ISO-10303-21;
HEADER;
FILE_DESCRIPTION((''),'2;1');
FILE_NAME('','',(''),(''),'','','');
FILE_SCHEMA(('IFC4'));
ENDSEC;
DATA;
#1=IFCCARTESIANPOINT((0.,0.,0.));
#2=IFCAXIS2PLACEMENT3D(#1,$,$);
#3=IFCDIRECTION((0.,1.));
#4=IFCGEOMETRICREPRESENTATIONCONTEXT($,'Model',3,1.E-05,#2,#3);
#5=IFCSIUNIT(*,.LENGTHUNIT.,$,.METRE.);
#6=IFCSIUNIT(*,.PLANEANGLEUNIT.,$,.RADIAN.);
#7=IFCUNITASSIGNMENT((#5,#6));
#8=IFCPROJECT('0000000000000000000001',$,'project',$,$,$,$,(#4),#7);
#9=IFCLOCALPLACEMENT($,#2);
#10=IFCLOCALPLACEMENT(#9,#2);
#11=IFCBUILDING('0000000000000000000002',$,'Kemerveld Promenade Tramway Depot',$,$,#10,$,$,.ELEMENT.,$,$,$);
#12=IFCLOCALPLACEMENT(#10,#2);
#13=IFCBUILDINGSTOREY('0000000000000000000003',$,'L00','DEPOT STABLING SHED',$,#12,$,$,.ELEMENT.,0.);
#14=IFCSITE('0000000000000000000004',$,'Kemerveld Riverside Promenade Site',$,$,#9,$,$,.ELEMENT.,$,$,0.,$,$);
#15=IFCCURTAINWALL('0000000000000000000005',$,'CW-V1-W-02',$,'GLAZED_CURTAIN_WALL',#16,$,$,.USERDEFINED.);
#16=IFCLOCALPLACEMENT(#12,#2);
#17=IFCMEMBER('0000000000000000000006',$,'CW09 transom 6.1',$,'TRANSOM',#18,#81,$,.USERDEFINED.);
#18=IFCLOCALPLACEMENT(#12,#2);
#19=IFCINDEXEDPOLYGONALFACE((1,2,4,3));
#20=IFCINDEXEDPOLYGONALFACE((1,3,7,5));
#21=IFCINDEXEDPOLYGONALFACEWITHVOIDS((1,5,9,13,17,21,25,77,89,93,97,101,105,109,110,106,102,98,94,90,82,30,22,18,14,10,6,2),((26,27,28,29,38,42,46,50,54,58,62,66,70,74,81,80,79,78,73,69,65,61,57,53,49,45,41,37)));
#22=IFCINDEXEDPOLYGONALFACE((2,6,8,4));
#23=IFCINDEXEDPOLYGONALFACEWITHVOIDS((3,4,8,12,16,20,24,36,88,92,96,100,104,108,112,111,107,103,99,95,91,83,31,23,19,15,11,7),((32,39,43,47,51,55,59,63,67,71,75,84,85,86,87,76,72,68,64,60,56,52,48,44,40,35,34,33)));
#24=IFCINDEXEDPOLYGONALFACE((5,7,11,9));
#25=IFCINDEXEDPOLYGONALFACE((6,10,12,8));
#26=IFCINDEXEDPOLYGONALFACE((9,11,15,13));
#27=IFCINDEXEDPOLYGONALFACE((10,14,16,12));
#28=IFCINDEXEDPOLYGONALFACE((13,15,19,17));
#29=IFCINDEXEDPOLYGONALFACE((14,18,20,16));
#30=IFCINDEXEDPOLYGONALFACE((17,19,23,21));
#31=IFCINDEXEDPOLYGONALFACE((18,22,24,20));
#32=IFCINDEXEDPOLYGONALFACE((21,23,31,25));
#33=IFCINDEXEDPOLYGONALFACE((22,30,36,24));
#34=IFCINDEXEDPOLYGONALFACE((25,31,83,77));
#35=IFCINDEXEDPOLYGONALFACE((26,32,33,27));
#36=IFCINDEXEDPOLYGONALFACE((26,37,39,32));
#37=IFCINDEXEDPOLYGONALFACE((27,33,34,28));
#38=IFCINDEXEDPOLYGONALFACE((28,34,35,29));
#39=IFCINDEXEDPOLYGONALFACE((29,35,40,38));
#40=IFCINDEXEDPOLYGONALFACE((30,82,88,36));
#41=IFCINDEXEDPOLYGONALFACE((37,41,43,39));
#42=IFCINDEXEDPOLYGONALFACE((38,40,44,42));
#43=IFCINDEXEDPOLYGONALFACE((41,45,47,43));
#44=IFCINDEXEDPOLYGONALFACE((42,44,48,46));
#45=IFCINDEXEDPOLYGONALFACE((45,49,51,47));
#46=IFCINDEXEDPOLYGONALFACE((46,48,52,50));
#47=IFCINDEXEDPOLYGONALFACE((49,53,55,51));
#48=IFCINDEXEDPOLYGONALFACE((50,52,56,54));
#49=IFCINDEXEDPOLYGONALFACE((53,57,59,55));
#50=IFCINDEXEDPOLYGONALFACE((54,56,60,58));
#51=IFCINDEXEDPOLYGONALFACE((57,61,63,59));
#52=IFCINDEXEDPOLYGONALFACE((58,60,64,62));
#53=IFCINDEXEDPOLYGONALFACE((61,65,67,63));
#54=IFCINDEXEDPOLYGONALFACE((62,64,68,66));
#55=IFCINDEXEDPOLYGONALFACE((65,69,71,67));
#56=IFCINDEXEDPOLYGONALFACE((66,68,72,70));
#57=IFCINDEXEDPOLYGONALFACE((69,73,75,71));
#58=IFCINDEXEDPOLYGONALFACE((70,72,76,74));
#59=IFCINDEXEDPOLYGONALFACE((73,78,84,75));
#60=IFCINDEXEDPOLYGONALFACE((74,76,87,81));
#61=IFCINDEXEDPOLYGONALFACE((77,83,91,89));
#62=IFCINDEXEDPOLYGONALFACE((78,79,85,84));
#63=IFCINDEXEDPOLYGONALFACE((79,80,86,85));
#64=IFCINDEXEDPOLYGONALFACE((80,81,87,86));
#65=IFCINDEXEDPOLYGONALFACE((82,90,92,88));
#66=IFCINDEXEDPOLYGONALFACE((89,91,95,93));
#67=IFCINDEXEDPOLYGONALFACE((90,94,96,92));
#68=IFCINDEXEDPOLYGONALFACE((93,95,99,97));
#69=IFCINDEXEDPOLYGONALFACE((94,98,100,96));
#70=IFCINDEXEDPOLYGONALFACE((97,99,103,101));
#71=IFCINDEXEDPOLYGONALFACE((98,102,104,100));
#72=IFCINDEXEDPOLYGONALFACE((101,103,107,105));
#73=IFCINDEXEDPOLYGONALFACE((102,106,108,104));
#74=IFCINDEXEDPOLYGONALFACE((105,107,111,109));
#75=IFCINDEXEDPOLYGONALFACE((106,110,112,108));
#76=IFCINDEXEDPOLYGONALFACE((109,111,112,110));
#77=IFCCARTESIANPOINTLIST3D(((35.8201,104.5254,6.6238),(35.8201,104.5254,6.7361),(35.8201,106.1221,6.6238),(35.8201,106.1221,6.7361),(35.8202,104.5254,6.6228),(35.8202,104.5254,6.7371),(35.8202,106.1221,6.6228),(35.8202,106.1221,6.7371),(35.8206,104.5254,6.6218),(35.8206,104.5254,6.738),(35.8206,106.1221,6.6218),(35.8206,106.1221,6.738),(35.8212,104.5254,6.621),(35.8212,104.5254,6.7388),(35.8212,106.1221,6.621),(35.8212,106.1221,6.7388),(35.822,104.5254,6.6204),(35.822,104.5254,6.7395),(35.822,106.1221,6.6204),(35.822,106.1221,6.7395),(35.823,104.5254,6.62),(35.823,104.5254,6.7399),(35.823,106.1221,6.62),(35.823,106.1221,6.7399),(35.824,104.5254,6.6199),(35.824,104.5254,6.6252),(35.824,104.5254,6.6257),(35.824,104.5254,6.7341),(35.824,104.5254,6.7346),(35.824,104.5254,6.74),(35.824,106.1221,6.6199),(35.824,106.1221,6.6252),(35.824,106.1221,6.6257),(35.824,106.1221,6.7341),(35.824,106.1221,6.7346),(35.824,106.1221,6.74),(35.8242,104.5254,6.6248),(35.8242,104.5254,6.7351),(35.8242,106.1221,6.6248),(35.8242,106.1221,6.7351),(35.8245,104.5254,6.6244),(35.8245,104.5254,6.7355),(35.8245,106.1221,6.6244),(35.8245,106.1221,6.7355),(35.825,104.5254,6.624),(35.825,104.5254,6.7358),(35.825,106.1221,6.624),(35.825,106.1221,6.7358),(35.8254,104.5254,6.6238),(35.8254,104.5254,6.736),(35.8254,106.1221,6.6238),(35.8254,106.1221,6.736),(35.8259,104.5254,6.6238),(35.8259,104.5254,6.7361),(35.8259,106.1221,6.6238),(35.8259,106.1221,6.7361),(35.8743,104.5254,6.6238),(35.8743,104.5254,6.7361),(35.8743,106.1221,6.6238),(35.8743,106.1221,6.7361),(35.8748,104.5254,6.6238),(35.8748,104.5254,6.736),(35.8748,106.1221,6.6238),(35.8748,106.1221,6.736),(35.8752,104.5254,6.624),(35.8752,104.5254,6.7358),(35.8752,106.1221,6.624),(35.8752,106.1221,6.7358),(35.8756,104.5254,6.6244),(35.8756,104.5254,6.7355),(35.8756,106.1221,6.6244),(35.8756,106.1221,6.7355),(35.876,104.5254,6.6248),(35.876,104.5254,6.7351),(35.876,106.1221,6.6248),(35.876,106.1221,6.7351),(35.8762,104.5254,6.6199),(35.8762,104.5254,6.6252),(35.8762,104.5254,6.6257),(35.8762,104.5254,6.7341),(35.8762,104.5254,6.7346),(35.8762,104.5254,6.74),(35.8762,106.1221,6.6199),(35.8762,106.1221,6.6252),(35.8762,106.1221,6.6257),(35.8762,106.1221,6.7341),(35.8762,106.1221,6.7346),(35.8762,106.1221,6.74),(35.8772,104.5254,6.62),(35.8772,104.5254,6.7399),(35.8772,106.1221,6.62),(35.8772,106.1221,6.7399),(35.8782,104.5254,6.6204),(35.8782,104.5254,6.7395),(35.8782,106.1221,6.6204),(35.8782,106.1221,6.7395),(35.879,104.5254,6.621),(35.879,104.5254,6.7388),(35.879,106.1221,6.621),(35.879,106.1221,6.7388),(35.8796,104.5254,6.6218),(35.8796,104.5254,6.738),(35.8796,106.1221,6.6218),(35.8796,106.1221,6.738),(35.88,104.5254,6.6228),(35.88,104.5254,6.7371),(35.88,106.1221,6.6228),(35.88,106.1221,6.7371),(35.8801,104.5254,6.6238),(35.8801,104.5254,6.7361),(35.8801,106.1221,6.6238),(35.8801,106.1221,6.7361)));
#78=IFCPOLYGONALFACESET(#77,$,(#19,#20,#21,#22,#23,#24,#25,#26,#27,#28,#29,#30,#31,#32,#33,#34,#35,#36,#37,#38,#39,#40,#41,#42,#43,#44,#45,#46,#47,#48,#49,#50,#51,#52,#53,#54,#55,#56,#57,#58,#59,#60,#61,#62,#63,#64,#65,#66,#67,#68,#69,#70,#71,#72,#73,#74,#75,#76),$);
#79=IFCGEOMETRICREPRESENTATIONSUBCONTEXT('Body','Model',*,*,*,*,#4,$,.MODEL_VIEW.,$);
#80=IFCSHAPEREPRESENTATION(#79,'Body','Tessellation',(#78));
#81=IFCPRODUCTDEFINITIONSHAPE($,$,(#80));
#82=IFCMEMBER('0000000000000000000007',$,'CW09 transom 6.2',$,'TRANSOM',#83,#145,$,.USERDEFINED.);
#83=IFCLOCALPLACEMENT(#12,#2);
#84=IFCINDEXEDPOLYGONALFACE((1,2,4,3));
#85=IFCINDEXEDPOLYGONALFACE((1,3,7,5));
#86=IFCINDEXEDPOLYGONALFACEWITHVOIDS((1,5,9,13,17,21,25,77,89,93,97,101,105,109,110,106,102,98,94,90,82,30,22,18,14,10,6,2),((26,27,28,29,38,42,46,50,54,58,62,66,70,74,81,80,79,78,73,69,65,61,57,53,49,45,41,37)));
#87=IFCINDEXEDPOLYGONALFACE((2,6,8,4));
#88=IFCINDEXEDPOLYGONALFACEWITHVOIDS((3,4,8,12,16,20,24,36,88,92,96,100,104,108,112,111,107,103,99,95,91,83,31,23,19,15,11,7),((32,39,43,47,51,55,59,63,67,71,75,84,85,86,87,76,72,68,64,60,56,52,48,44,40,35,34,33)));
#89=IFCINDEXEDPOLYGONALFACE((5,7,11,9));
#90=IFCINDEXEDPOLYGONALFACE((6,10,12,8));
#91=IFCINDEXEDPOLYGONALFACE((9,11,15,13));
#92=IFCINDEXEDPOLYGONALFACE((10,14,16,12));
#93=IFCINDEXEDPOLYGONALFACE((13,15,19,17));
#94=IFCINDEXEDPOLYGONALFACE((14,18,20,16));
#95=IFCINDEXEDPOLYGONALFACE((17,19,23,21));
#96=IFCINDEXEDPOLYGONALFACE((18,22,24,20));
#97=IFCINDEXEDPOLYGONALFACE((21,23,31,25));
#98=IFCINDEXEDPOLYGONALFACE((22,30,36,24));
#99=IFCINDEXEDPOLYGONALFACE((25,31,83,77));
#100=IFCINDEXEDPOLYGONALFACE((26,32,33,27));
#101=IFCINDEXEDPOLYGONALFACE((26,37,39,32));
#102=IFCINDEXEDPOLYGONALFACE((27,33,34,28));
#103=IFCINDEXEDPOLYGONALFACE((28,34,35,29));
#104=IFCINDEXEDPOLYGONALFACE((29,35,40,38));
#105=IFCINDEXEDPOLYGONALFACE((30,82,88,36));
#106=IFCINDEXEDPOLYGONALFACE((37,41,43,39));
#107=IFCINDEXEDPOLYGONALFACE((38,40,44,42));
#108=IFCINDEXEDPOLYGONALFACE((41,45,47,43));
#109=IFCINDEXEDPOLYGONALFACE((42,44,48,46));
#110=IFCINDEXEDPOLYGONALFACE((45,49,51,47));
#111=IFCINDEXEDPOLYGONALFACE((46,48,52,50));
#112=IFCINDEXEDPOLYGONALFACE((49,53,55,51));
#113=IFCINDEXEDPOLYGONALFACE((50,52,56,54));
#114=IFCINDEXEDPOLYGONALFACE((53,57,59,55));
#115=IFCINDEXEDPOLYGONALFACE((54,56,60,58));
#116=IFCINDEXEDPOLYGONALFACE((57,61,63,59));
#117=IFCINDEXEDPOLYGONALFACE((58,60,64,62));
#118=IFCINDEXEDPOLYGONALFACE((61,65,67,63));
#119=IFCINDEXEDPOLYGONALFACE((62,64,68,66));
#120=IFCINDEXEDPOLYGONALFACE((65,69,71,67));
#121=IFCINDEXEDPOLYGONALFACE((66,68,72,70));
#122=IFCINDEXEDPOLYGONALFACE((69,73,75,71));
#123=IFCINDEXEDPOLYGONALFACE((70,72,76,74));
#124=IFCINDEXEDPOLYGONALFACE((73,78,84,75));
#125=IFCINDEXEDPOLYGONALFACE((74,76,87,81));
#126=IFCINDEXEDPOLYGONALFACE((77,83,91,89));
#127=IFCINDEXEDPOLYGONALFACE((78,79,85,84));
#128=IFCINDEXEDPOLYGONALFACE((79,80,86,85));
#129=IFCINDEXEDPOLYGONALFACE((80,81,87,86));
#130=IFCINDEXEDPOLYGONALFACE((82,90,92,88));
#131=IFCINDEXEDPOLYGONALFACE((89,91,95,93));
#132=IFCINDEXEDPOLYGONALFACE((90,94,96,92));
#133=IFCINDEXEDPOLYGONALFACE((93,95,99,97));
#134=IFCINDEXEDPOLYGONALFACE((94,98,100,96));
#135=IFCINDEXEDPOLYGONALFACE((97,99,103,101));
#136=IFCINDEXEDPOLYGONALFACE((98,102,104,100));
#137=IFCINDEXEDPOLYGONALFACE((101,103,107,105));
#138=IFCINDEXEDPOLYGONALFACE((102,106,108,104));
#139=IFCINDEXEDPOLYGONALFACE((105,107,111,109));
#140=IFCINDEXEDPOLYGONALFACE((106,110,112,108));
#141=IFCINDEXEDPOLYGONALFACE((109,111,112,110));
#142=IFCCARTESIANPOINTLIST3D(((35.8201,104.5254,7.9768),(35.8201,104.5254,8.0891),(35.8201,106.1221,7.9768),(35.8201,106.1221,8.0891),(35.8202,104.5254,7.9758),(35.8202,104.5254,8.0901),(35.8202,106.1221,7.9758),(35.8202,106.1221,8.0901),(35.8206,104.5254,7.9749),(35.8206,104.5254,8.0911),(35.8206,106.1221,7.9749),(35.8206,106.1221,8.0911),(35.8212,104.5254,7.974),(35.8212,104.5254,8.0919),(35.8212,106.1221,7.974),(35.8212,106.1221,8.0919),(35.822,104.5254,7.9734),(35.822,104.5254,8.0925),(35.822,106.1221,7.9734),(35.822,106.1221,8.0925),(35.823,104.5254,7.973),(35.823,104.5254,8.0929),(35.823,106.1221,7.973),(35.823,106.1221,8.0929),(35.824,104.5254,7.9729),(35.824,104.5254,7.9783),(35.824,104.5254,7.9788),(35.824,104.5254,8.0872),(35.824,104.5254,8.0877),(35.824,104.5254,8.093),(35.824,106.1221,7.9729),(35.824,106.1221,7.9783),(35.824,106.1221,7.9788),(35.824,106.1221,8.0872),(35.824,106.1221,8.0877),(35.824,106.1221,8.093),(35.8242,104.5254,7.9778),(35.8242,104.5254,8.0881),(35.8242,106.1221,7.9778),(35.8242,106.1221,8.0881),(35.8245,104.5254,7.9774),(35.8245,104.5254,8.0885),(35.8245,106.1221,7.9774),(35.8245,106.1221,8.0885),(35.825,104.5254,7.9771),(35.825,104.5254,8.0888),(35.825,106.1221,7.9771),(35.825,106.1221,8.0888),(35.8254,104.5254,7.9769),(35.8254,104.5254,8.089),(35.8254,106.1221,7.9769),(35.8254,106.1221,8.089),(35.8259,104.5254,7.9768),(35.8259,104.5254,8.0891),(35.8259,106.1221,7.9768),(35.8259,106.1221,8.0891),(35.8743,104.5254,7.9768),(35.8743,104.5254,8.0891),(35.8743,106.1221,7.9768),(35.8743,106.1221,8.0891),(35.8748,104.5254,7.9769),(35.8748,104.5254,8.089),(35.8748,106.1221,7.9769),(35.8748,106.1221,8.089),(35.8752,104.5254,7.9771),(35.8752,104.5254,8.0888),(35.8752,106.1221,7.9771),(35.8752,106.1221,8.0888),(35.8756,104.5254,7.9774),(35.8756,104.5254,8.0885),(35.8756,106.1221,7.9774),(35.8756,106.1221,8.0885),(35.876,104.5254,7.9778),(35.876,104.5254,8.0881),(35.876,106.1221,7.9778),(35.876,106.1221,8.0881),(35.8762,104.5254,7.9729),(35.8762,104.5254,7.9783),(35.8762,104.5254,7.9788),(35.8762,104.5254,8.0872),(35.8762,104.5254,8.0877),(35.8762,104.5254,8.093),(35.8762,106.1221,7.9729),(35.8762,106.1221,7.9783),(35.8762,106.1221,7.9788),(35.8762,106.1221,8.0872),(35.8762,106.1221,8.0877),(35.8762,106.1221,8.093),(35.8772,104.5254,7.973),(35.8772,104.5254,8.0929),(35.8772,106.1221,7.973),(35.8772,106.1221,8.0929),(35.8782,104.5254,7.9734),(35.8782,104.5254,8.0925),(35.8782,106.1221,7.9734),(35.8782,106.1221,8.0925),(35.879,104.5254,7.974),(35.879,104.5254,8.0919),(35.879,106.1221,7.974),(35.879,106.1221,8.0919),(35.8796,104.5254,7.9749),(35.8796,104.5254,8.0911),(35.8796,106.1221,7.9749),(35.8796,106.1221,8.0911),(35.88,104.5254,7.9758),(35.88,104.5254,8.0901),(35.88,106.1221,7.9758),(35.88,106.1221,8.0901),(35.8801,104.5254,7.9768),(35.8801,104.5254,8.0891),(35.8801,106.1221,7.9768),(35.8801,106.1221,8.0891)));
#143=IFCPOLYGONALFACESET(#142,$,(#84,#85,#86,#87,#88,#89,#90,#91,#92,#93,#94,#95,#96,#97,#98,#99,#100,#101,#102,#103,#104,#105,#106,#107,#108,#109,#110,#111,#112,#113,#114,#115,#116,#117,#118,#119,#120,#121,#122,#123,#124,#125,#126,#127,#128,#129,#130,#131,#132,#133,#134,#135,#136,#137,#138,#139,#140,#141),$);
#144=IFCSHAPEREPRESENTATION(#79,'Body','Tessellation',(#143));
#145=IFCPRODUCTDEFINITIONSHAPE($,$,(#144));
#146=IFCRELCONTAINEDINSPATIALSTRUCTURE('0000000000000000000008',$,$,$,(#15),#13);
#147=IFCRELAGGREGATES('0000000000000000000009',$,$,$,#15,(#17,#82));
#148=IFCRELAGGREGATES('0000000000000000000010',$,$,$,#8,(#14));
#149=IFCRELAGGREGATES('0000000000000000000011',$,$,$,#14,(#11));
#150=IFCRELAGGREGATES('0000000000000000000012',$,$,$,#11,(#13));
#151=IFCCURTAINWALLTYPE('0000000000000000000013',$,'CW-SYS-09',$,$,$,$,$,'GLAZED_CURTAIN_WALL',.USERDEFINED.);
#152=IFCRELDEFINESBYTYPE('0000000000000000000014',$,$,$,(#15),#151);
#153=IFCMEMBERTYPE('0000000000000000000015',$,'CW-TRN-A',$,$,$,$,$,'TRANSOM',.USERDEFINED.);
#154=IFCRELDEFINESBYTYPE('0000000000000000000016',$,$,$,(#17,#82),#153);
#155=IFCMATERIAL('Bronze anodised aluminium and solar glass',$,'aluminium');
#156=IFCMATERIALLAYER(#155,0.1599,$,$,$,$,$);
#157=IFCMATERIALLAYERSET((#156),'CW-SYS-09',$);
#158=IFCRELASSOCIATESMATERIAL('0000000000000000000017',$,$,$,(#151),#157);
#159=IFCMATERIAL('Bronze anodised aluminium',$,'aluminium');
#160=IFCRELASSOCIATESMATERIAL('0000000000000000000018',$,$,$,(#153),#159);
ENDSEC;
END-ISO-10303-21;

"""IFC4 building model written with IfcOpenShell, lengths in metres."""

from ifc_helpers import new_model, si_unit, direction, frame, origin, origin_2d, place, context, subcontext, project, spatial, hollow_rectangle, extrude, material, layer, layer_set, material_profile, profile_set, type_object, element, aggregate, save


model = new_model("IFC4")

# Units and contexts
model_context = context("Model", 3, precision=1e-05, world=origin(), true_north=direction((0.0, 1.0)))
body_context = subcontext(model_context, "Body", "Model", "MODEL_VIEW")
ifc_project = project(units=[si_unit("LENGTHUNIT", "METRE"), si_unit("PLANEANGLEUNIT", "RADIAN")], contexts=[model_context])

# Site, building, storey
site_placement = place(None, origin())
site = spatial("IfcSite", under=ifc_project, at=site_placement, Name="Kemerveld Riverside Promenade Site", CompositionType="ELEMENT", RefElevation=0.0)
building_placement = place(site_placement, origin())
building = spatial("IfcBuilding", under=site, at=building_placement, Name="Kemerveld Promenade Tramway Depot", CompositionType="ELEMENT")
storey_placement = place(building_placement, origin())
storey = spatial("IfcBuildingStorey", under=building, at=storey_placement, Name="L00", Description="DEPOT STABLING SHED", CompositionType="ELEMENT", Elevation=0.0)

# Curtain wall
ifc_material_1 = material(Name="Bronze anodised aluminium and solar glass", Category="aluminium")
ifc_layer_1 = layer(ifc_material_1, 0.1599)
ifc_layer_set_1 = layer_set([ifc_layer_1], Name="CW-SYS-09")
curtain_wall_type_1 = type_object("IfcCurtainWallType", Name="CW-SYS-09", ElementType="GLAZED_CURTAIN_WALL", PredefinedType="USERDEFINED", material=ifc_layer_set_1)
curtain_wall_1_placement = place(storey_placement, origin())
curtain_wall_1 = element("IfcCurtainWall", 1, at=curtain_wall_1_placement, inside=storey, type_object=curtain_wall_type_1, Name="CW-V1-W-02", ObjectType="GLAZED_CURTAIN_WALL", PredefinedType="USERDEFINED")
ifc_material_2 = material(Name="Bronze anodised aluminium", Category="aluminium")

# Members
ifc_material_profile_1 = material_profile(ifc_material_2, hollow_rectangle(XDim=0.0601, YDim=0.1201, WallThickness=0.0039, InnerFilletRadius=0.002, OuterFilletRadius=0.0039, at=origin_2d()), Name="CW-TRN-120x60")
ifc_profile_set_1 = profile_set([ifc_material_profile_1], Name="Bronze anodised aluminium")
member_type_1 = type_object("IfcMemberType", Name="CW-TRN-A", ElementType="TRANSOM", PredefinedType="USERDEFINED", material=ifc_profile_set_1)
member_1_placement = place(storey_placement, frame((35.8501, 104.5254, 6.6799), z_axis=(0.0, 1.0, 0.0), x_axis=(-1.0, 0.0, 0.0)))
member_1 = element("IfcMember", 2, at=member_1_placement, type_object=member_type_1, Name="CW09 transom 6.1", ObjectType="TRANSOM", PredefinedType="USERDEFINED", context=body_context, shape_type="SweptSolid", body=[
    extrude(hollow_rectangle(XDim=0.0601, YDim=0.1201, WallThickness=0.0039, InnerFilletRadius=0.002, OuterFilletRadius=0.0039, at=origin_2d()), origin(), (0.0, 0.0, 1.0), 1.5967),
])
member_2_placement = place(storey_placement, frame((35.8501, 104.5254, 8.033), z_axis=(0.0, 1.0, 0.0), x_axis=(-1.0, 0.0, 0.0)))
member_2 = element("IfcMember", 3, at=member_2_placement, type_object=member_type_1, Name="CW09 transom 6.2", ObjectType="TRANSOM", PredefinedType="USERDEFINED", context=body_context, shape_type="SweptSolid", body=[
    extrude(hollow_rectangle(XDim=0.0601, YDim=0.1201, WallThickness=0.0039, InnerFilletRadius=0.002, OuterFilletRadius=0.0039, at=origin_2d()), origin(), (0.0, 0.0, 1.0), 1.5967),
])

aggregate(curtain_wall_1, [member_1, member_2])

save(model, "model.ifc")
